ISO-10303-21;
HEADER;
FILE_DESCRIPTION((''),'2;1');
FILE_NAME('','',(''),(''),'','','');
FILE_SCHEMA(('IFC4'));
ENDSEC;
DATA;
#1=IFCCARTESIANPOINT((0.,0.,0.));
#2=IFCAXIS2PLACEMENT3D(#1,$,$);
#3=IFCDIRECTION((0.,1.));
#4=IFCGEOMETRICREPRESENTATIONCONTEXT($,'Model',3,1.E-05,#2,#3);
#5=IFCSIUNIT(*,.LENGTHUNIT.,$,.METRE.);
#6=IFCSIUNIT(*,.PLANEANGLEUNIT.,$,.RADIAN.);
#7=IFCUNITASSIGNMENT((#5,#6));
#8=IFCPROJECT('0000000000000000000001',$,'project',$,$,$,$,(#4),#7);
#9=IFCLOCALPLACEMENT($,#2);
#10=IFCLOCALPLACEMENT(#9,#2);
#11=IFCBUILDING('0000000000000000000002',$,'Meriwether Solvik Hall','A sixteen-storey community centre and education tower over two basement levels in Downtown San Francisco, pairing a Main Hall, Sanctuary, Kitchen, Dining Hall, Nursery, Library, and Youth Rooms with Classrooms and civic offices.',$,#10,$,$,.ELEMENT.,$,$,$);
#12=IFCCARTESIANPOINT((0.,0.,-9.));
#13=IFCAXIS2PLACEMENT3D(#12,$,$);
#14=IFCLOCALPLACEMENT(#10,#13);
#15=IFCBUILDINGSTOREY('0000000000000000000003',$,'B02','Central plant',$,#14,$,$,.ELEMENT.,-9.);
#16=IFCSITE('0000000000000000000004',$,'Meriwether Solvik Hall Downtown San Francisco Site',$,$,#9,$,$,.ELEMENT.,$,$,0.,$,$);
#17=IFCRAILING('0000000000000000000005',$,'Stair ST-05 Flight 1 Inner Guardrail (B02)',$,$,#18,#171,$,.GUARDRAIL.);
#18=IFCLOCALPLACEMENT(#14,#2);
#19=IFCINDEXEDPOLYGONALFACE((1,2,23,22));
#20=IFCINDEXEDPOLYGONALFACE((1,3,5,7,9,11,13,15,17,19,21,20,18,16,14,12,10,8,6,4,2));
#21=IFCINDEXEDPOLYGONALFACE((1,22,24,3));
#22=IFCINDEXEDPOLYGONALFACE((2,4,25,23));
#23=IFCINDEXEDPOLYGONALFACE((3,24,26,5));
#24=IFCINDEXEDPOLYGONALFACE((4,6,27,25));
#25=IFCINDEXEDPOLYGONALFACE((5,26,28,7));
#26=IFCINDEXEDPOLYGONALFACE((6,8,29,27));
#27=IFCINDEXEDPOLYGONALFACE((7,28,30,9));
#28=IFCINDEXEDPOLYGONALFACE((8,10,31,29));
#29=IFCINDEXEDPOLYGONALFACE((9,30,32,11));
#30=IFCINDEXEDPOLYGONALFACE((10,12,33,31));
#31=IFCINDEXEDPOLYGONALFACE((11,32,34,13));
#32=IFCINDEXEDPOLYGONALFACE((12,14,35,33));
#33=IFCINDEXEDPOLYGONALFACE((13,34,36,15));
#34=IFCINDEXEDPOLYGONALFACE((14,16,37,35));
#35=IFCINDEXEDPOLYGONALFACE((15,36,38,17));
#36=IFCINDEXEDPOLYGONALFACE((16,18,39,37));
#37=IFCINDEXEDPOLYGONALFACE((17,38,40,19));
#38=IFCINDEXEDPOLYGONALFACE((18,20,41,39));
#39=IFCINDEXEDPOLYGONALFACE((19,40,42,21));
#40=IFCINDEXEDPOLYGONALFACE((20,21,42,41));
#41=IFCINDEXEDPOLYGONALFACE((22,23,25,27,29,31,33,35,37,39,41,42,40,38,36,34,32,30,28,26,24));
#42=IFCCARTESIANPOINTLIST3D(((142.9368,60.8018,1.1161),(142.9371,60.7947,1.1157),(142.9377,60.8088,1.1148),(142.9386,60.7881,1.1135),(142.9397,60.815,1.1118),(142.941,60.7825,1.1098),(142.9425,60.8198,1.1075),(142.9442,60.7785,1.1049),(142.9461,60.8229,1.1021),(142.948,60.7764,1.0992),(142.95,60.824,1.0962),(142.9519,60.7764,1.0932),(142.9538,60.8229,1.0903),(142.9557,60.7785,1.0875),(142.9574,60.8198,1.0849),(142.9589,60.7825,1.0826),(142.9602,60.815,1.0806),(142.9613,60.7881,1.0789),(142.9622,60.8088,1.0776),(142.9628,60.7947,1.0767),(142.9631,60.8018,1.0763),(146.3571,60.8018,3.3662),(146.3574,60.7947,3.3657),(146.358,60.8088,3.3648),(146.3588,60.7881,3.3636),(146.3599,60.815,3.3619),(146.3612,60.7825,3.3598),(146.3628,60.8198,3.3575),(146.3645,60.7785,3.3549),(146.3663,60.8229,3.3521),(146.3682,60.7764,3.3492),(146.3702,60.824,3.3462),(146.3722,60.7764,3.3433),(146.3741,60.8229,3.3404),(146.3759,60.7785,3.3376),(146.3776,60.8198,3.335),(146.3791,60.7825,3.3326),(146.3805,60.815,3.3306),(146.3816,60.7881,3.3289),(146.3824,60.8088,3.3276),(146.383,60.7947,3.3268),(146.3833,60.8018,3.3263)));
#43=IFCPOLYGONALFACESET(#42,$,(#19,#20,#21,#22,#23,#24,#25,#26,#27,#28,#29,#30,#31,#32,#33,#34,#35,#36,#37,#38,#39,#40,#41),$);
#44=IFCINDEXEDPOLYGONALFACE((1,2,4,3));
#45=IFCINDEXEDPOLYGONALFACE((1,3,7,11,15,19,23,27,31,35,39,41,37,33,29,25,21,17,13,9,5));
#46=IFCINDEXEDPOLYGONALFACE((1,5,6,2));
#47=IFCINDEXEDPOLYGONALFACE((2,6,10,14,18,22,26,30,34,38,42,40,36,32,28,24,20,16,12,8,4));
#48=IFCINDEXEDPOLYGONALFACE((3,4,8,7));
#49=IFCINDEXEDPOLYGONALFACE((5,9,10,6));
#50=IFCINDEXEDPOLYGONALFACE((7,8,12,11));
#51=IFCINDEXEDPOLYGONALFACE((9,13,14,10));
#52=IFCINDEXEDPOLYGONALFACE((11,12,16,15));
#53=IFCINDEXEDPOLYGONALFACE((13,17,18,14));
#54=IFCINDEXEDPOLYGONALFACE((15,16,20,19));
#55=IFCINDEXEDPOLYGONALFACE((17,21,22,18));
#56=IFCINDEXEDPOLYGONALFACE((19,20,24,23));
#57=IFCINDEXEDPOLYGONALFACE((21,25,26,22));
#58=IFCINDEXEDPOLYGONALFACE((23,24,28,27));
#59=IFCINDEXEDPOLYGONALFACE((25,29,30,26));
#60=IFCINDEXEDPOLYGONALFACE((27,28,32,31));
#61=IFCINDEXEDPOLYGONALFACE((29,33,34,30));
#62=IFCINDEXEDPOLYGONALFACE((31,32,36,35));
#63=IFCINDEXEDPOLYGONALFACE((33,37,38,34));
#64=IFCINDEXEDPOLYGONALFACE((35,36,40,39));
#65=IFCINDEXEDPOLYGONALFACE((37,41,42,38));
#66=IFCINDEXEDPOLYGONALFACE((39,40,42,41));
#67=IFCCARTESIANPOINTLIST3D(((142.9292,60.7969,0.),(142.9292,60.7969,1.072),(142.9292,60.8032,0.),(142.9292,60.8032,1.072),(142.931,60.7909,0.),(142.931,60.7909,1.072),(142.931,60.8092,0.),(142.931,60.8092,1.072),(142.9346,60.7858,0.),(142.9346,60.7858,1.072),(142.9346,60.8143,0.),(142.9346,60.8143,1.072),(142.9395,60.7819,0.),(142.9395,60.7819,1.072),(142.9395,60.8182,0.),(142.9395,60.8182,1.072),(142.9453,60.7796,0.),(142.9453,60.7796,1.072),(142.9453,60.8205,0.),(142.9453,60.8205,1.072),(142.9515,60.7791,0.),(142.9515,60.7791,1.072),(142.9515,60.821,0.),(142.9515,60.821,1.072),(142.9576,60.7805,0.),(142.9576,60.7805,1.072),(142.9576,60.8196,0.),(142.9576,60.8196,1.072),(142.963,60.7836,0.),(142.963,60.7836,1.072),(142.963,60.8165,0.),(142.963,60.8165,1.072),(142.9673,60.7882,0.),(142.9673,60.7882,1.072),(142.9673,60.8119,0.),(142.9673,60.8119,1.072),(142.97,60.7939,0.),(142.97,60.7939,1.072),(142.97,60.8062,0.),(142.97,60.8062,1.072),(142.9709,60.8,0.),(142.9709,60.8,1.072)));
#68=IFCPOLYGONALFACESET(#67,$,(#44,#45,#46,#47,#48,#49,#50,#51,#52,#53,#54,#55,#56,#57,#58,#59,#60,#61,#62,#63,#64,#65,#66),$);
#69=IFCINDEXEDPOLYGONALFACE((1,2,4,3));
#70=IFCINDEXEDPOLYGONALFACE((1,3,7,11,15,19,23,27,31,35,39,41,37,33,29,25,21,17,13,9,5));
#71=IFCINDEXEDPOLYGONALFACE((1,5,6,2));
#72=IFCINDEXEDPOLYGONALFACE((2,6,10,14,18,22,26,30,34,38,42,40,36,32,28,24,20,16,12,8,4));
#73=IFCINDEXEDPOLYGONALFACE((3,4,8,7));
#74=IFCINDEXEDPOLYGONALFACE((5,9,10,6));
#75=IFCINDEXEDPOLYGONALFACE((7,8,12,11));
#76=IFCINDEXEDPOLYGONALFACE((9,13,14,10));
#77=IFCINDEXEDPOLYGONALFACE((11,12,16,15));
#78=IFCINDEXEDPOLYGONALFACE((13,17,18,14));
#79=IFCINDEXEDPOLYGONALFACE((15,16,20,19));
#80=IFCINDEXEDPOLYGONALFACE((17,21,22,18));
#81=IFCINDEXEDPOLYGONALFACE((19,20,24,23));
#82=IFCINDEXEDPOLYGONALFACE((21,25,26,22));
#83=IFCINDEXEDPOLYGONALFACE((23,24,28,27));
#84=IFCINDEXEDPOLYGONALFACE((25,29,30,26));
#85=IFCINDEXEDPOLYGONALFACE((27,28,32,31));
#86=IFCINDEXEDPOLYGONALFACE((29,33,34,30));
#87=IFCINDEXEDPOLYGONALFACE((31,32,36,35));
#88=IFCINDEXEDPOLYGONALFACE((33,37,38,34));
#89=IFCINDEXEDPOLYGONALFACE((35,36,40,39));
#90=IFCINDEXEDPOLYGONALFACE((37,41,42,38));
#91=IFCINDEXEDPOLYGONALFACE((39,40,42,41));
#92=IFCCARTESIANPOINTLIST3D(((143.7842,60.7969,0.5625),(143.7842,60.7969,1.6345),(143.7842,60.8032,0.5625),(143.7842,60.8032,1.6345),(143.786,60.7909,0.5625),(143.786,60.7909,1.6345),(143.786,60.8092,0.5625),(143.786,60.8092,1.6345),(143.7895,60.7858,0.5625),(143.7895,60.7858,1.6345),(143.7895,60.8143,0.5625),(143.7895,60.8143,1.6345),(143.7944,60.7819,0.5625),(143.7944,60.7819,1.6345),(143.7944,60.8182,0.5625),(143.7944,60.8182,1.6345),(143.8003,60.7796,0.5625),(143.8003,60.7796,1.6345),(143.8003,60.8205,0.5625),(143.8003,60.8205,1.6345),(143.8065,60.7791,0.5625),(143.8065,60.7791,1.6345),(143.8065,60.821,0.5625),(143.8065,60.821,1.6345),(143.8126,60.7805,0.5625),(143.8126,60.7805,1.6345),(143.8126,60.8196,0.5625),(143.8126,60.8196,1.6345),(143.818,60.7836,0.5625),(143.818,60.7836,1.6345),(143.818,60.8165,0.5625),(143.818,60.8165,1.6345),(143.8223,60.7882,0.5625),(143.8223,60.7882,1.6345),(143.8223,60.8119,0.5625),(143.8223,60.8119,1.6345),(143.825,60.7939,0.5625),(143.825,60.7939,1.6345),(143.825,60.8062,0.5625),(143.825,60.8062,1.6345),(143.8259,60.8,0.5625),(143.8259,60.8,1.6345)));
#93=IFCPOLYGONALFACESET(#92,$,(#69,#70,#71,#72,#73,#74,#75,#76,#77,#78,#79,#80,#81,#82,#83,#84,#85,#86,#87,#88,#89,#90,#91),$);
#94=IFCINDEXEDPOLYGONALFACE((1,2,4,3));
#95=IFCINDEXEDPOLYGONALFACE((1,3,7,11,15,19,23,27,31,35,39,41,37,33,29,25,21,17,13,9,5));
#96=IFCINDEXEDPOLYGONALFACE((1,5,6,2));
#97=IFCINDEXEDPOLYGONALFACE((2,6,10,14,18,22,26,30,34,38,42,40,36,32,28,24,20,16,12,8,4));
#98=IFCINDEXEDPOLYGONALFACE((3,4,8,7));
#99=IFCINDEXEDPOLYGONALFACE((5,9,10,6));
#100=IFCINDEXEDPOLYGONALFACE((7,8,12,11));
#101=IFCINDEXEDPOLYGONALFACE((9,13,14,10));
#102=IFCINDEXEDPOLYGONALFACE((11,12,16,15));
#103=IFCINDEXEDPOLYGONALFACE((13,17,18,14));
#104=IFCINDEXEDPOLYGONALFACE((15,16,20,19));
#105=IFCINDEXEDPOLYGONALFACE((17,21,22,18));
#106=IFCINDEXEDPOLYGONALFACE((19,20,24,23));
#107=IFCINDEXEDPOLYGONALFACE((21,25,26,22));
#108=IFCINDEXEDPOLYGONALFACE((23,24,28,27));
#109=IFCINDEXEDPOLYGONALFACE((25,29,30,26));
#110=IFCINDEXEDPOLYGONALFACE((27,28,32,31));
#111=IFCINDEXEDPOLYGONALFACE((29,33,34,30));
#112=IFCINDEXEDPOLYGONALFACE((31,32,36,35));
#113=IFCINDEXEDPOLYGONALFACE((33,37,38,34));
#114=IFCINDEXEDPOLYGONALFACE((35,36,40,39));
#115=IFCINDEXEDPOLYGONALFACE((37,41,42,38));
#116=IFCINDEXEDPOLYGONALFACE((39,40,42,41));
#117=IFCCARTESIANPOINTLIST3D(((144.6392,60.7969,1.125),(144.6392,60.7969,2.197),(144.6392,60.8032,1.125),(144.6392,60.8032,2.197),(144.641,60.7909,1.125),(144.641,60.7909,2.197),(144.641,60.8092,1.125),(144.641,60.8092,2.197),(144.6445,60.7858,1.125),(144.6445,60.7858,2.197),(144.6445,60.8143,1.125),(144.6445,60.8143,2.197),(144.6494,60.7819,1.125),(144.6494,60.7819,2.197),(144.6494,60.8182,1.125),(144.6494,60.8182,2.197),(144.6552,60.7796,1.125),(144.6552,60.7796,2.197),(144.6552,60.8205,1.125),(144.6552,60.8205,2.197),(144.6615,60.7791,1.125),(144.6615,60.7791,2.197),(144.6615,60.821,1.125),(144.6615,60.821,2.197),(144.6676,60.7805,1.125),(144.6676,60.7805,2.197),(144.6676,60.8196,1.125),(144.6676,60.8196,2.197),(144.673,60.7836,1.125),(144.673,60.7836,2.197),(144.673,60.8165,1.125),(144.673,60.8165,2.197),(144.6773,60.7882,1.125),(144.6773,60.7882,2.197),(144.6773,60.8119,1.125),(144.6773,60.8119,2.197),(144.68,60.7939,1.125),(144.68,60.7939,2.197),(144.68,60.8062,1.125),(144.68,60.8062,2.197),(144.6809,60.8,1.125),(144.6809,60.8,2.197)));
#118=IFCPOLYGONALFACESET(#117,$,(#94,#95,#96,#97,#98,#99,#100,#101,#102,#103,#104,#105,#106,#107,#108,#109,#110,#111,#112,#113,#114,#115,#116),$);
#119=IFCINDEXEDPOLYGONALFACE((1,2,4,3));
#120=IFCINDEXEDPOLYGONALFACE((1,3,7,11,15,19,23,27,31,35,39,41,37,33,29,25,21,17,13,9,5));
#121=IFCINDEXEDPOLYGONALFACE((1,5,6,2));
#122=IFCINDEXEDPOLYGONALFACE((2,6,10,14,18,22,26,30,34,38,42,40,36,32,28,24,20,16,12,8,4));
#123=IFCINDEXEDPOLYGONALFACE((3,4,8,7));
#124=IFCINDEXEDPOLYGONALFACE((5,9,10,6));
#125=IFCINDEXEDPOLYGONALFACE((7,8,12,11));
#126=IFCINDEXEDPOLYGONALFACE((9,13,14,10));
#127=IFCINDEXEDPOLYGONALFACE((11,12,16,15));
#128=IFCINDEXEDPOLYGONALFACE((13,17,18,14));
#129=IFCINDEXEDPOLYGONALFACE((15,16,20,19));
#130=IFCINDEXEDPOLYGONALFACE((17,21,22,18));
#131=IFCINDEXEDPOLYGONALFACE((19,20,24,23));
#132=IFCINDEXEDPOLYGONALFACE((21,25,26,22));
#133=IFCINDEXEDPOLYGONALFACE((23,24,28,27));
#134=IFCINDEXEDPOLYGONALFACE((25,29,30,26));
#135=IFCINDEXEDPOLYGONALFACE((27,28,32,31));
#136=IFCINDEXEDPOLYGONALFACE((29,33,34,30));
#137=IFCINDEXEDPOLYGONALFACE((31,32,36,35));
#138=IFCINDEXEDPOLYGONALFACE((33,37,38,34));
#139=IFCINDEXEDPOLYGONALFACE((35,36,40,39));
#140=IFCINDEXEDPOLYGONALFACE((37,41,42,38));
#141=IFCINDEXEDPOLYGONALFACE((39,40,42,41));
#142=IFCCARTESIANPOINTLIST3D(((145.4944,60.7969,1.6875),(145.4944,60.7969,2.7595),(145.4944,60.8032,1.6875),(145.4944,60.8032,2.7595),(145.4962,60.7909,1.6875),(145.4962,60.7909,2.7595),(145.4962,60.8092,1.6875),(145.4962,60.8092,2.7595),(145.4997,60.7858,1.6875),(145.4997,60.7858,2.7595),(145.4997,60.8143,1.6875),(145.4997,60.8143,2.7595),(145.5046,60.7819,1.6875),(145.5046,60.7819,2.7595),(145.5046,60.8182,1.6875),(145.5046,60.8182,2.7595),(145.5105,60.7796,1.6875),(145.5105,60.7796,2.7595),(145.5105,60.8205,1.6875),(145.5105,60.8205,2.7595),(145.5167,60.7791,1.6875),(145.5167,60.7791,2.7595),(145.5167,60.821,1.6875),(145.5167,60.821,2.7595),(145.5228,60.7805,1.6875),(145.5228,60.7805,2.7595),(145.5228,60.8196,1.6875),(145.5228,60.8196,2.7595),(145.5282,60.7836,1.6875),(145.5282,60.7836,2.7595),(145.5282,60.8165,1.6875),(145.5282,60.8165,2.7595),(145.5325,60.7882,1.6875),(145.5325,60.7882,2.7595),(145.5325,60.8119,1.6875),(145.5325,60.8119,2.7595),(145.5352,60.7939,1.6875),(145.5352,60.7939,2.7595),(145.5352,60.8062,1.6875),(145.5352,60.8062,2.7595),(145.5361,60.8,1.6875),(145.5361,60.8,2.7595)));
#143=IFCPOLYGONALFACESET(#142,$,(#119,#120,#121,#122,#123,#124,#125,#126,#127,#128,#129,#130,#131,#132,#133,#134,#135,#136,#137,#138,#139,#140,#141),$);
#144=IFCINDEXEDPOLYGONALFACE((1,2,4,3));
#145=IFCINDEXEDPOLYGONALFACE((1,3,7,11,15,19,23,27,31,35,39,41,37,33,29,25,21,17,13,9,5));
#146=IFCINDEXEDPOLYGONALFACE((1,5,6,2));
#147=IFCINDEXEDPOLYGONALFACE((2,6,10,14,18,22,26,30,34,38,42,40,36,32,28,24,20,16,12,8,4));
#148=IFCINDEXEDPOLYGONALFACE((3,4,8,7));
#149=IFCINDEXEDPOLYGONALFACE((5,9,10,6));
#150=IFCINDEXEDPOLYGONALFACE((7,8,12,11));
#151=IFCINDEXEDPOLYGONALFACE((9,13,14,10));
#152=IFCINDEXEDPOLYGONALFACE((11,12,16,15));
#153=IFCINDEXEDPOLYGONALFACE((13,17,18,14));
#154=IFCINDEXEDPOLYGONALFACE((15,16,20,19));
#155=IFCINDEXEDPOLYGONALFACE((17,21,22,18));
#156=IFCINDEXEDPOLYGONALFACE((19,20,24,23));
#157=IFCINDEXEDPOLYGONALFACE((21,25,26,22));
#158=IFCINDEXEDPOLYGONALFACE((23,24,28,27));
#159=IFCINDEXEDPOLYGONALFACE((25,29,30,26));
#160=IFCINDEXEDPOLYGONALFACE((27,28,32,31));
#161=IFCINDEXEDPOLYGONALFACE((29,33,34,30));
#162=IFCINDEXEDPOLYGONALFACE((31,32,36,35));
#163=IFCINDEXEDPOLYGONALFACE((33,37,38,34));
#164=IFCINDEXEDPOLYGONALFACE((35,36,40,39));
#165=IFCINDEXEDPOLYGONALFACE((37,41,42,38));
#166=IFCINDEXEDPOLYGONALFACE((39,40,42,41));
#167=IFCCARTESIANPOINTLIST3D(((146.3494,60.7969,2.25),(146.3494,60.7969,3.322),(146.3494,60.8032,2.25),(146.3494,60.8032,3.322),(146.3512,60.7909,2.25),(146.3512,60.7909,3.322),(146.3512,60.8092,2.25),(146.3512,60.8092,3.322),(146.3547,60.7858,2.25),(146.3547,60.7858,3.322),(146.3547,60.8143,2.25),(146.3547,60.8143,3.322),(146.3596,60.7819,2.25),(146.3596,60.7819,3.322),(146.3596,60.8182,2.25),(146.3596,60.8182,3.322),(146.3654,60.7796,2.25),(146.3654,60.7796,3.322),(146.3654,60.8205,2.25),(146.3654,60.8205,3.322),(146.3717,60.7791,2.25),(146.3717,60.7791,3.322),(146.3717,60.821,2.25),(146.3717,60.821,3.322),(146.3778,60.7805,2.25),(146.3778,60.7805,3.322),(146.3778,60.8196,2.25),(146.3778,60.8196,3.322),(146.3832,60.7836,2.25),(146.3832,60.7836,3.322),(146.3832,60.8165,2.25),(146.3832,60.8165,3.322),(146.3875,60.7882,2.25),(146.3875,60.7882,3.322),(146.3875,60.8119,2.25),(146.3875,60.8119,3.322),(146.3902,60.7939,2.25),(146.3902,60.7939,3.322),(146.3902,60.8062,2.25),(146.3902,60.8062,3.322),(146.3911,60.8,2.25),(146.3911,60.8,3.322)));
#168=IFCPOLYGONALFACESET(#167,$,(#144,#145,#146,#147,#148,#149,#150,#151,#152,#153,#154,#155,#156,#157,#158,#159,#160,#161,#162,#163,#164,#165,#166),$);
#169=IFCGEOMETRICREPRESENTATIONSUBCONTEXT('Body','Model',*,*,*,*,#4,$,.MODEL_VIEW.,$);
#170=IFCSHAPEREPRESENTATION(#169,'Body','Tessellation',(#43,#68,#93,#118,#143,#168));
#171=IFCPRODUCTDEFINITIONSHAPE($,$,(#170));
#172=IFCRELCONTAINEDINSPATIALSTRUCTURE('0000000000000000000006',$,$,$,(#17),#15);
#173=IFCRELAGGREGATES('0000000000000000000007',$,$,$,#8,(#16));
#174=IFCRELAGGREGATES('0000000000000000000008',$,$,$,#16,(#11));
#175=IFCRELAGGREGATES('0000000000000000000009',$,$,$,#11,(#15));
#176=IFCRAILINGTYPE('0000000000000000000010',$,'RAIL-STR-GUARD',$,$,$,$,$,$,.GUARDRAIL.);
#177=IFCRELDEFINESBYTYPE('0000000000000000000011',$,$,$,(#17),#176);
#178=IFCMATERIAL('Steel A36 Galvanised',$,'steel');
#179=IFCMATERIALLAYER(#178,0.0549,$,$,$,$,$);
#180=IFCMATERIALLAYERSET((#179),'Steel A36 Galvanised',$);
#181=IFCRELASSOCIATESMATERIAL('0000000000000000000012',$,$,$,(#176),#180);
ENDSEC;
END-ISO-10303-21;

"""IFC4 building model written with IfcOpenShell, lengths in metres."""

from ifc_helpers import new_model, si_unit, direction, frame, origin, origin_2d, place, context, subcontext, project, spatial, circle, extrude, material, layer, layer_set, type_object, element, save


model = new_model("IFC4")

# Units and contexts
model_context = context("Model", 3, precision=1e-05, world=origin(), true_north=direction((0.0, 1.0)))
body_context = subcontext(model_context, "Body", "Model", "MODEL_VIEW")
ifc_project = project(units=[si_unit("LENGTHUNIT", "METRE"), si_unit("PLANEANGLEUNIT", "RADIAN")], contexts=[model_context])

# Site, building, storey
site_placement = place(None, origin())
site = spatial("IfcSite", under=ifc_project, at=site_placement, Name="Meriwether Solvik Hall Downtown San Francisco Site", CompositionType="ELEMENT", RefElevation=0.0)
building_placement = place(site_placement, origin())
building = spatial("IfcBuilding", under=site, at=building_placement, Name="Meriwether Solvik Hall", Description="A sixteen-storey community centre and education tower over two basement levels in Downtown San Francisco, pairing a Main Hall, Sanctuary, Kitchen, Dining Hall, Nursery, Library, and Youth Rooms with Classrooms and civic offices.", CompositionType="ELEMENT")
storey_placement = place(building_placement, frame((0.0, 0.0, -9.0)))
storey = spatial("IfcBuildingStorey", under=building, at=storey_placement, Name="B02", Description="Central plant", CompositionType="ELEMENT", Elevation=-9.0)

# Railing
ifc_material_1 = material(Name="Steel A36 Galvanised", Category="steel")
ifc_layer_1 = layer(ifc_material_1, 0.0549)
ifc_layer_set_1 = layer_set([ifc_layer_1], Name="Steel A36 Galvanised")
railing_type = type_object("IfcRailingType", Name="RAIL-STR-GUARD", PredefinedType="GUARDRAIL", material=ifc_layer_set_1)
railing_1_placement = place(storey_placement, frame((142.95, 60.8, 0.0)))
element("IfcRailing", 1, at=railing_1_placement, inside=storey, type_object=railing_type, Name="Stair ST-05 Flight 1 Inner Guardrail (B02)", PredefinedType="GUARDRAIL", context=body_context, shape_type="SweptSolid", body=[
    extrude(circle(Radius=0.0239, at=origin_2d()), frame((0.0, 0.0, 1.0962), z_axis=(0.835429, 0.0, 0.549598), x_axis=(0.0, 1.0, 0.0)), (0.0, 0.0, 1.0), 4.094),
    extrude(circle(Radius=0.021, at=origin_2d()), origin(), (0.0, 0.0, 1.0), 1.072),
    extrude(circle(Radius=0.021, at=origin_2d()), frame((0.855, 0.0, 0.5625)), (0.0, 0.0, 1.0), 1.072),
    extrude(circle(Radius=0.021, at=origin_2d()), frame((1.71, 0.0, 1.125)), (0.0, 0.0, 1.0), 1.072),
    extrude(circle(Radius=0.021, at=origin_2d()), frame((2.5652, 0.0, 1.6875)), (0.0, 0.0, 1.0), 1.072),
    extrude(circle(Radius=0.021, at=origin_2d()), frame((3.4202, 0.0, 2.25)), (0.0, 0.0, 1.0), 1.072),
])

save(model, "model.ifc")
